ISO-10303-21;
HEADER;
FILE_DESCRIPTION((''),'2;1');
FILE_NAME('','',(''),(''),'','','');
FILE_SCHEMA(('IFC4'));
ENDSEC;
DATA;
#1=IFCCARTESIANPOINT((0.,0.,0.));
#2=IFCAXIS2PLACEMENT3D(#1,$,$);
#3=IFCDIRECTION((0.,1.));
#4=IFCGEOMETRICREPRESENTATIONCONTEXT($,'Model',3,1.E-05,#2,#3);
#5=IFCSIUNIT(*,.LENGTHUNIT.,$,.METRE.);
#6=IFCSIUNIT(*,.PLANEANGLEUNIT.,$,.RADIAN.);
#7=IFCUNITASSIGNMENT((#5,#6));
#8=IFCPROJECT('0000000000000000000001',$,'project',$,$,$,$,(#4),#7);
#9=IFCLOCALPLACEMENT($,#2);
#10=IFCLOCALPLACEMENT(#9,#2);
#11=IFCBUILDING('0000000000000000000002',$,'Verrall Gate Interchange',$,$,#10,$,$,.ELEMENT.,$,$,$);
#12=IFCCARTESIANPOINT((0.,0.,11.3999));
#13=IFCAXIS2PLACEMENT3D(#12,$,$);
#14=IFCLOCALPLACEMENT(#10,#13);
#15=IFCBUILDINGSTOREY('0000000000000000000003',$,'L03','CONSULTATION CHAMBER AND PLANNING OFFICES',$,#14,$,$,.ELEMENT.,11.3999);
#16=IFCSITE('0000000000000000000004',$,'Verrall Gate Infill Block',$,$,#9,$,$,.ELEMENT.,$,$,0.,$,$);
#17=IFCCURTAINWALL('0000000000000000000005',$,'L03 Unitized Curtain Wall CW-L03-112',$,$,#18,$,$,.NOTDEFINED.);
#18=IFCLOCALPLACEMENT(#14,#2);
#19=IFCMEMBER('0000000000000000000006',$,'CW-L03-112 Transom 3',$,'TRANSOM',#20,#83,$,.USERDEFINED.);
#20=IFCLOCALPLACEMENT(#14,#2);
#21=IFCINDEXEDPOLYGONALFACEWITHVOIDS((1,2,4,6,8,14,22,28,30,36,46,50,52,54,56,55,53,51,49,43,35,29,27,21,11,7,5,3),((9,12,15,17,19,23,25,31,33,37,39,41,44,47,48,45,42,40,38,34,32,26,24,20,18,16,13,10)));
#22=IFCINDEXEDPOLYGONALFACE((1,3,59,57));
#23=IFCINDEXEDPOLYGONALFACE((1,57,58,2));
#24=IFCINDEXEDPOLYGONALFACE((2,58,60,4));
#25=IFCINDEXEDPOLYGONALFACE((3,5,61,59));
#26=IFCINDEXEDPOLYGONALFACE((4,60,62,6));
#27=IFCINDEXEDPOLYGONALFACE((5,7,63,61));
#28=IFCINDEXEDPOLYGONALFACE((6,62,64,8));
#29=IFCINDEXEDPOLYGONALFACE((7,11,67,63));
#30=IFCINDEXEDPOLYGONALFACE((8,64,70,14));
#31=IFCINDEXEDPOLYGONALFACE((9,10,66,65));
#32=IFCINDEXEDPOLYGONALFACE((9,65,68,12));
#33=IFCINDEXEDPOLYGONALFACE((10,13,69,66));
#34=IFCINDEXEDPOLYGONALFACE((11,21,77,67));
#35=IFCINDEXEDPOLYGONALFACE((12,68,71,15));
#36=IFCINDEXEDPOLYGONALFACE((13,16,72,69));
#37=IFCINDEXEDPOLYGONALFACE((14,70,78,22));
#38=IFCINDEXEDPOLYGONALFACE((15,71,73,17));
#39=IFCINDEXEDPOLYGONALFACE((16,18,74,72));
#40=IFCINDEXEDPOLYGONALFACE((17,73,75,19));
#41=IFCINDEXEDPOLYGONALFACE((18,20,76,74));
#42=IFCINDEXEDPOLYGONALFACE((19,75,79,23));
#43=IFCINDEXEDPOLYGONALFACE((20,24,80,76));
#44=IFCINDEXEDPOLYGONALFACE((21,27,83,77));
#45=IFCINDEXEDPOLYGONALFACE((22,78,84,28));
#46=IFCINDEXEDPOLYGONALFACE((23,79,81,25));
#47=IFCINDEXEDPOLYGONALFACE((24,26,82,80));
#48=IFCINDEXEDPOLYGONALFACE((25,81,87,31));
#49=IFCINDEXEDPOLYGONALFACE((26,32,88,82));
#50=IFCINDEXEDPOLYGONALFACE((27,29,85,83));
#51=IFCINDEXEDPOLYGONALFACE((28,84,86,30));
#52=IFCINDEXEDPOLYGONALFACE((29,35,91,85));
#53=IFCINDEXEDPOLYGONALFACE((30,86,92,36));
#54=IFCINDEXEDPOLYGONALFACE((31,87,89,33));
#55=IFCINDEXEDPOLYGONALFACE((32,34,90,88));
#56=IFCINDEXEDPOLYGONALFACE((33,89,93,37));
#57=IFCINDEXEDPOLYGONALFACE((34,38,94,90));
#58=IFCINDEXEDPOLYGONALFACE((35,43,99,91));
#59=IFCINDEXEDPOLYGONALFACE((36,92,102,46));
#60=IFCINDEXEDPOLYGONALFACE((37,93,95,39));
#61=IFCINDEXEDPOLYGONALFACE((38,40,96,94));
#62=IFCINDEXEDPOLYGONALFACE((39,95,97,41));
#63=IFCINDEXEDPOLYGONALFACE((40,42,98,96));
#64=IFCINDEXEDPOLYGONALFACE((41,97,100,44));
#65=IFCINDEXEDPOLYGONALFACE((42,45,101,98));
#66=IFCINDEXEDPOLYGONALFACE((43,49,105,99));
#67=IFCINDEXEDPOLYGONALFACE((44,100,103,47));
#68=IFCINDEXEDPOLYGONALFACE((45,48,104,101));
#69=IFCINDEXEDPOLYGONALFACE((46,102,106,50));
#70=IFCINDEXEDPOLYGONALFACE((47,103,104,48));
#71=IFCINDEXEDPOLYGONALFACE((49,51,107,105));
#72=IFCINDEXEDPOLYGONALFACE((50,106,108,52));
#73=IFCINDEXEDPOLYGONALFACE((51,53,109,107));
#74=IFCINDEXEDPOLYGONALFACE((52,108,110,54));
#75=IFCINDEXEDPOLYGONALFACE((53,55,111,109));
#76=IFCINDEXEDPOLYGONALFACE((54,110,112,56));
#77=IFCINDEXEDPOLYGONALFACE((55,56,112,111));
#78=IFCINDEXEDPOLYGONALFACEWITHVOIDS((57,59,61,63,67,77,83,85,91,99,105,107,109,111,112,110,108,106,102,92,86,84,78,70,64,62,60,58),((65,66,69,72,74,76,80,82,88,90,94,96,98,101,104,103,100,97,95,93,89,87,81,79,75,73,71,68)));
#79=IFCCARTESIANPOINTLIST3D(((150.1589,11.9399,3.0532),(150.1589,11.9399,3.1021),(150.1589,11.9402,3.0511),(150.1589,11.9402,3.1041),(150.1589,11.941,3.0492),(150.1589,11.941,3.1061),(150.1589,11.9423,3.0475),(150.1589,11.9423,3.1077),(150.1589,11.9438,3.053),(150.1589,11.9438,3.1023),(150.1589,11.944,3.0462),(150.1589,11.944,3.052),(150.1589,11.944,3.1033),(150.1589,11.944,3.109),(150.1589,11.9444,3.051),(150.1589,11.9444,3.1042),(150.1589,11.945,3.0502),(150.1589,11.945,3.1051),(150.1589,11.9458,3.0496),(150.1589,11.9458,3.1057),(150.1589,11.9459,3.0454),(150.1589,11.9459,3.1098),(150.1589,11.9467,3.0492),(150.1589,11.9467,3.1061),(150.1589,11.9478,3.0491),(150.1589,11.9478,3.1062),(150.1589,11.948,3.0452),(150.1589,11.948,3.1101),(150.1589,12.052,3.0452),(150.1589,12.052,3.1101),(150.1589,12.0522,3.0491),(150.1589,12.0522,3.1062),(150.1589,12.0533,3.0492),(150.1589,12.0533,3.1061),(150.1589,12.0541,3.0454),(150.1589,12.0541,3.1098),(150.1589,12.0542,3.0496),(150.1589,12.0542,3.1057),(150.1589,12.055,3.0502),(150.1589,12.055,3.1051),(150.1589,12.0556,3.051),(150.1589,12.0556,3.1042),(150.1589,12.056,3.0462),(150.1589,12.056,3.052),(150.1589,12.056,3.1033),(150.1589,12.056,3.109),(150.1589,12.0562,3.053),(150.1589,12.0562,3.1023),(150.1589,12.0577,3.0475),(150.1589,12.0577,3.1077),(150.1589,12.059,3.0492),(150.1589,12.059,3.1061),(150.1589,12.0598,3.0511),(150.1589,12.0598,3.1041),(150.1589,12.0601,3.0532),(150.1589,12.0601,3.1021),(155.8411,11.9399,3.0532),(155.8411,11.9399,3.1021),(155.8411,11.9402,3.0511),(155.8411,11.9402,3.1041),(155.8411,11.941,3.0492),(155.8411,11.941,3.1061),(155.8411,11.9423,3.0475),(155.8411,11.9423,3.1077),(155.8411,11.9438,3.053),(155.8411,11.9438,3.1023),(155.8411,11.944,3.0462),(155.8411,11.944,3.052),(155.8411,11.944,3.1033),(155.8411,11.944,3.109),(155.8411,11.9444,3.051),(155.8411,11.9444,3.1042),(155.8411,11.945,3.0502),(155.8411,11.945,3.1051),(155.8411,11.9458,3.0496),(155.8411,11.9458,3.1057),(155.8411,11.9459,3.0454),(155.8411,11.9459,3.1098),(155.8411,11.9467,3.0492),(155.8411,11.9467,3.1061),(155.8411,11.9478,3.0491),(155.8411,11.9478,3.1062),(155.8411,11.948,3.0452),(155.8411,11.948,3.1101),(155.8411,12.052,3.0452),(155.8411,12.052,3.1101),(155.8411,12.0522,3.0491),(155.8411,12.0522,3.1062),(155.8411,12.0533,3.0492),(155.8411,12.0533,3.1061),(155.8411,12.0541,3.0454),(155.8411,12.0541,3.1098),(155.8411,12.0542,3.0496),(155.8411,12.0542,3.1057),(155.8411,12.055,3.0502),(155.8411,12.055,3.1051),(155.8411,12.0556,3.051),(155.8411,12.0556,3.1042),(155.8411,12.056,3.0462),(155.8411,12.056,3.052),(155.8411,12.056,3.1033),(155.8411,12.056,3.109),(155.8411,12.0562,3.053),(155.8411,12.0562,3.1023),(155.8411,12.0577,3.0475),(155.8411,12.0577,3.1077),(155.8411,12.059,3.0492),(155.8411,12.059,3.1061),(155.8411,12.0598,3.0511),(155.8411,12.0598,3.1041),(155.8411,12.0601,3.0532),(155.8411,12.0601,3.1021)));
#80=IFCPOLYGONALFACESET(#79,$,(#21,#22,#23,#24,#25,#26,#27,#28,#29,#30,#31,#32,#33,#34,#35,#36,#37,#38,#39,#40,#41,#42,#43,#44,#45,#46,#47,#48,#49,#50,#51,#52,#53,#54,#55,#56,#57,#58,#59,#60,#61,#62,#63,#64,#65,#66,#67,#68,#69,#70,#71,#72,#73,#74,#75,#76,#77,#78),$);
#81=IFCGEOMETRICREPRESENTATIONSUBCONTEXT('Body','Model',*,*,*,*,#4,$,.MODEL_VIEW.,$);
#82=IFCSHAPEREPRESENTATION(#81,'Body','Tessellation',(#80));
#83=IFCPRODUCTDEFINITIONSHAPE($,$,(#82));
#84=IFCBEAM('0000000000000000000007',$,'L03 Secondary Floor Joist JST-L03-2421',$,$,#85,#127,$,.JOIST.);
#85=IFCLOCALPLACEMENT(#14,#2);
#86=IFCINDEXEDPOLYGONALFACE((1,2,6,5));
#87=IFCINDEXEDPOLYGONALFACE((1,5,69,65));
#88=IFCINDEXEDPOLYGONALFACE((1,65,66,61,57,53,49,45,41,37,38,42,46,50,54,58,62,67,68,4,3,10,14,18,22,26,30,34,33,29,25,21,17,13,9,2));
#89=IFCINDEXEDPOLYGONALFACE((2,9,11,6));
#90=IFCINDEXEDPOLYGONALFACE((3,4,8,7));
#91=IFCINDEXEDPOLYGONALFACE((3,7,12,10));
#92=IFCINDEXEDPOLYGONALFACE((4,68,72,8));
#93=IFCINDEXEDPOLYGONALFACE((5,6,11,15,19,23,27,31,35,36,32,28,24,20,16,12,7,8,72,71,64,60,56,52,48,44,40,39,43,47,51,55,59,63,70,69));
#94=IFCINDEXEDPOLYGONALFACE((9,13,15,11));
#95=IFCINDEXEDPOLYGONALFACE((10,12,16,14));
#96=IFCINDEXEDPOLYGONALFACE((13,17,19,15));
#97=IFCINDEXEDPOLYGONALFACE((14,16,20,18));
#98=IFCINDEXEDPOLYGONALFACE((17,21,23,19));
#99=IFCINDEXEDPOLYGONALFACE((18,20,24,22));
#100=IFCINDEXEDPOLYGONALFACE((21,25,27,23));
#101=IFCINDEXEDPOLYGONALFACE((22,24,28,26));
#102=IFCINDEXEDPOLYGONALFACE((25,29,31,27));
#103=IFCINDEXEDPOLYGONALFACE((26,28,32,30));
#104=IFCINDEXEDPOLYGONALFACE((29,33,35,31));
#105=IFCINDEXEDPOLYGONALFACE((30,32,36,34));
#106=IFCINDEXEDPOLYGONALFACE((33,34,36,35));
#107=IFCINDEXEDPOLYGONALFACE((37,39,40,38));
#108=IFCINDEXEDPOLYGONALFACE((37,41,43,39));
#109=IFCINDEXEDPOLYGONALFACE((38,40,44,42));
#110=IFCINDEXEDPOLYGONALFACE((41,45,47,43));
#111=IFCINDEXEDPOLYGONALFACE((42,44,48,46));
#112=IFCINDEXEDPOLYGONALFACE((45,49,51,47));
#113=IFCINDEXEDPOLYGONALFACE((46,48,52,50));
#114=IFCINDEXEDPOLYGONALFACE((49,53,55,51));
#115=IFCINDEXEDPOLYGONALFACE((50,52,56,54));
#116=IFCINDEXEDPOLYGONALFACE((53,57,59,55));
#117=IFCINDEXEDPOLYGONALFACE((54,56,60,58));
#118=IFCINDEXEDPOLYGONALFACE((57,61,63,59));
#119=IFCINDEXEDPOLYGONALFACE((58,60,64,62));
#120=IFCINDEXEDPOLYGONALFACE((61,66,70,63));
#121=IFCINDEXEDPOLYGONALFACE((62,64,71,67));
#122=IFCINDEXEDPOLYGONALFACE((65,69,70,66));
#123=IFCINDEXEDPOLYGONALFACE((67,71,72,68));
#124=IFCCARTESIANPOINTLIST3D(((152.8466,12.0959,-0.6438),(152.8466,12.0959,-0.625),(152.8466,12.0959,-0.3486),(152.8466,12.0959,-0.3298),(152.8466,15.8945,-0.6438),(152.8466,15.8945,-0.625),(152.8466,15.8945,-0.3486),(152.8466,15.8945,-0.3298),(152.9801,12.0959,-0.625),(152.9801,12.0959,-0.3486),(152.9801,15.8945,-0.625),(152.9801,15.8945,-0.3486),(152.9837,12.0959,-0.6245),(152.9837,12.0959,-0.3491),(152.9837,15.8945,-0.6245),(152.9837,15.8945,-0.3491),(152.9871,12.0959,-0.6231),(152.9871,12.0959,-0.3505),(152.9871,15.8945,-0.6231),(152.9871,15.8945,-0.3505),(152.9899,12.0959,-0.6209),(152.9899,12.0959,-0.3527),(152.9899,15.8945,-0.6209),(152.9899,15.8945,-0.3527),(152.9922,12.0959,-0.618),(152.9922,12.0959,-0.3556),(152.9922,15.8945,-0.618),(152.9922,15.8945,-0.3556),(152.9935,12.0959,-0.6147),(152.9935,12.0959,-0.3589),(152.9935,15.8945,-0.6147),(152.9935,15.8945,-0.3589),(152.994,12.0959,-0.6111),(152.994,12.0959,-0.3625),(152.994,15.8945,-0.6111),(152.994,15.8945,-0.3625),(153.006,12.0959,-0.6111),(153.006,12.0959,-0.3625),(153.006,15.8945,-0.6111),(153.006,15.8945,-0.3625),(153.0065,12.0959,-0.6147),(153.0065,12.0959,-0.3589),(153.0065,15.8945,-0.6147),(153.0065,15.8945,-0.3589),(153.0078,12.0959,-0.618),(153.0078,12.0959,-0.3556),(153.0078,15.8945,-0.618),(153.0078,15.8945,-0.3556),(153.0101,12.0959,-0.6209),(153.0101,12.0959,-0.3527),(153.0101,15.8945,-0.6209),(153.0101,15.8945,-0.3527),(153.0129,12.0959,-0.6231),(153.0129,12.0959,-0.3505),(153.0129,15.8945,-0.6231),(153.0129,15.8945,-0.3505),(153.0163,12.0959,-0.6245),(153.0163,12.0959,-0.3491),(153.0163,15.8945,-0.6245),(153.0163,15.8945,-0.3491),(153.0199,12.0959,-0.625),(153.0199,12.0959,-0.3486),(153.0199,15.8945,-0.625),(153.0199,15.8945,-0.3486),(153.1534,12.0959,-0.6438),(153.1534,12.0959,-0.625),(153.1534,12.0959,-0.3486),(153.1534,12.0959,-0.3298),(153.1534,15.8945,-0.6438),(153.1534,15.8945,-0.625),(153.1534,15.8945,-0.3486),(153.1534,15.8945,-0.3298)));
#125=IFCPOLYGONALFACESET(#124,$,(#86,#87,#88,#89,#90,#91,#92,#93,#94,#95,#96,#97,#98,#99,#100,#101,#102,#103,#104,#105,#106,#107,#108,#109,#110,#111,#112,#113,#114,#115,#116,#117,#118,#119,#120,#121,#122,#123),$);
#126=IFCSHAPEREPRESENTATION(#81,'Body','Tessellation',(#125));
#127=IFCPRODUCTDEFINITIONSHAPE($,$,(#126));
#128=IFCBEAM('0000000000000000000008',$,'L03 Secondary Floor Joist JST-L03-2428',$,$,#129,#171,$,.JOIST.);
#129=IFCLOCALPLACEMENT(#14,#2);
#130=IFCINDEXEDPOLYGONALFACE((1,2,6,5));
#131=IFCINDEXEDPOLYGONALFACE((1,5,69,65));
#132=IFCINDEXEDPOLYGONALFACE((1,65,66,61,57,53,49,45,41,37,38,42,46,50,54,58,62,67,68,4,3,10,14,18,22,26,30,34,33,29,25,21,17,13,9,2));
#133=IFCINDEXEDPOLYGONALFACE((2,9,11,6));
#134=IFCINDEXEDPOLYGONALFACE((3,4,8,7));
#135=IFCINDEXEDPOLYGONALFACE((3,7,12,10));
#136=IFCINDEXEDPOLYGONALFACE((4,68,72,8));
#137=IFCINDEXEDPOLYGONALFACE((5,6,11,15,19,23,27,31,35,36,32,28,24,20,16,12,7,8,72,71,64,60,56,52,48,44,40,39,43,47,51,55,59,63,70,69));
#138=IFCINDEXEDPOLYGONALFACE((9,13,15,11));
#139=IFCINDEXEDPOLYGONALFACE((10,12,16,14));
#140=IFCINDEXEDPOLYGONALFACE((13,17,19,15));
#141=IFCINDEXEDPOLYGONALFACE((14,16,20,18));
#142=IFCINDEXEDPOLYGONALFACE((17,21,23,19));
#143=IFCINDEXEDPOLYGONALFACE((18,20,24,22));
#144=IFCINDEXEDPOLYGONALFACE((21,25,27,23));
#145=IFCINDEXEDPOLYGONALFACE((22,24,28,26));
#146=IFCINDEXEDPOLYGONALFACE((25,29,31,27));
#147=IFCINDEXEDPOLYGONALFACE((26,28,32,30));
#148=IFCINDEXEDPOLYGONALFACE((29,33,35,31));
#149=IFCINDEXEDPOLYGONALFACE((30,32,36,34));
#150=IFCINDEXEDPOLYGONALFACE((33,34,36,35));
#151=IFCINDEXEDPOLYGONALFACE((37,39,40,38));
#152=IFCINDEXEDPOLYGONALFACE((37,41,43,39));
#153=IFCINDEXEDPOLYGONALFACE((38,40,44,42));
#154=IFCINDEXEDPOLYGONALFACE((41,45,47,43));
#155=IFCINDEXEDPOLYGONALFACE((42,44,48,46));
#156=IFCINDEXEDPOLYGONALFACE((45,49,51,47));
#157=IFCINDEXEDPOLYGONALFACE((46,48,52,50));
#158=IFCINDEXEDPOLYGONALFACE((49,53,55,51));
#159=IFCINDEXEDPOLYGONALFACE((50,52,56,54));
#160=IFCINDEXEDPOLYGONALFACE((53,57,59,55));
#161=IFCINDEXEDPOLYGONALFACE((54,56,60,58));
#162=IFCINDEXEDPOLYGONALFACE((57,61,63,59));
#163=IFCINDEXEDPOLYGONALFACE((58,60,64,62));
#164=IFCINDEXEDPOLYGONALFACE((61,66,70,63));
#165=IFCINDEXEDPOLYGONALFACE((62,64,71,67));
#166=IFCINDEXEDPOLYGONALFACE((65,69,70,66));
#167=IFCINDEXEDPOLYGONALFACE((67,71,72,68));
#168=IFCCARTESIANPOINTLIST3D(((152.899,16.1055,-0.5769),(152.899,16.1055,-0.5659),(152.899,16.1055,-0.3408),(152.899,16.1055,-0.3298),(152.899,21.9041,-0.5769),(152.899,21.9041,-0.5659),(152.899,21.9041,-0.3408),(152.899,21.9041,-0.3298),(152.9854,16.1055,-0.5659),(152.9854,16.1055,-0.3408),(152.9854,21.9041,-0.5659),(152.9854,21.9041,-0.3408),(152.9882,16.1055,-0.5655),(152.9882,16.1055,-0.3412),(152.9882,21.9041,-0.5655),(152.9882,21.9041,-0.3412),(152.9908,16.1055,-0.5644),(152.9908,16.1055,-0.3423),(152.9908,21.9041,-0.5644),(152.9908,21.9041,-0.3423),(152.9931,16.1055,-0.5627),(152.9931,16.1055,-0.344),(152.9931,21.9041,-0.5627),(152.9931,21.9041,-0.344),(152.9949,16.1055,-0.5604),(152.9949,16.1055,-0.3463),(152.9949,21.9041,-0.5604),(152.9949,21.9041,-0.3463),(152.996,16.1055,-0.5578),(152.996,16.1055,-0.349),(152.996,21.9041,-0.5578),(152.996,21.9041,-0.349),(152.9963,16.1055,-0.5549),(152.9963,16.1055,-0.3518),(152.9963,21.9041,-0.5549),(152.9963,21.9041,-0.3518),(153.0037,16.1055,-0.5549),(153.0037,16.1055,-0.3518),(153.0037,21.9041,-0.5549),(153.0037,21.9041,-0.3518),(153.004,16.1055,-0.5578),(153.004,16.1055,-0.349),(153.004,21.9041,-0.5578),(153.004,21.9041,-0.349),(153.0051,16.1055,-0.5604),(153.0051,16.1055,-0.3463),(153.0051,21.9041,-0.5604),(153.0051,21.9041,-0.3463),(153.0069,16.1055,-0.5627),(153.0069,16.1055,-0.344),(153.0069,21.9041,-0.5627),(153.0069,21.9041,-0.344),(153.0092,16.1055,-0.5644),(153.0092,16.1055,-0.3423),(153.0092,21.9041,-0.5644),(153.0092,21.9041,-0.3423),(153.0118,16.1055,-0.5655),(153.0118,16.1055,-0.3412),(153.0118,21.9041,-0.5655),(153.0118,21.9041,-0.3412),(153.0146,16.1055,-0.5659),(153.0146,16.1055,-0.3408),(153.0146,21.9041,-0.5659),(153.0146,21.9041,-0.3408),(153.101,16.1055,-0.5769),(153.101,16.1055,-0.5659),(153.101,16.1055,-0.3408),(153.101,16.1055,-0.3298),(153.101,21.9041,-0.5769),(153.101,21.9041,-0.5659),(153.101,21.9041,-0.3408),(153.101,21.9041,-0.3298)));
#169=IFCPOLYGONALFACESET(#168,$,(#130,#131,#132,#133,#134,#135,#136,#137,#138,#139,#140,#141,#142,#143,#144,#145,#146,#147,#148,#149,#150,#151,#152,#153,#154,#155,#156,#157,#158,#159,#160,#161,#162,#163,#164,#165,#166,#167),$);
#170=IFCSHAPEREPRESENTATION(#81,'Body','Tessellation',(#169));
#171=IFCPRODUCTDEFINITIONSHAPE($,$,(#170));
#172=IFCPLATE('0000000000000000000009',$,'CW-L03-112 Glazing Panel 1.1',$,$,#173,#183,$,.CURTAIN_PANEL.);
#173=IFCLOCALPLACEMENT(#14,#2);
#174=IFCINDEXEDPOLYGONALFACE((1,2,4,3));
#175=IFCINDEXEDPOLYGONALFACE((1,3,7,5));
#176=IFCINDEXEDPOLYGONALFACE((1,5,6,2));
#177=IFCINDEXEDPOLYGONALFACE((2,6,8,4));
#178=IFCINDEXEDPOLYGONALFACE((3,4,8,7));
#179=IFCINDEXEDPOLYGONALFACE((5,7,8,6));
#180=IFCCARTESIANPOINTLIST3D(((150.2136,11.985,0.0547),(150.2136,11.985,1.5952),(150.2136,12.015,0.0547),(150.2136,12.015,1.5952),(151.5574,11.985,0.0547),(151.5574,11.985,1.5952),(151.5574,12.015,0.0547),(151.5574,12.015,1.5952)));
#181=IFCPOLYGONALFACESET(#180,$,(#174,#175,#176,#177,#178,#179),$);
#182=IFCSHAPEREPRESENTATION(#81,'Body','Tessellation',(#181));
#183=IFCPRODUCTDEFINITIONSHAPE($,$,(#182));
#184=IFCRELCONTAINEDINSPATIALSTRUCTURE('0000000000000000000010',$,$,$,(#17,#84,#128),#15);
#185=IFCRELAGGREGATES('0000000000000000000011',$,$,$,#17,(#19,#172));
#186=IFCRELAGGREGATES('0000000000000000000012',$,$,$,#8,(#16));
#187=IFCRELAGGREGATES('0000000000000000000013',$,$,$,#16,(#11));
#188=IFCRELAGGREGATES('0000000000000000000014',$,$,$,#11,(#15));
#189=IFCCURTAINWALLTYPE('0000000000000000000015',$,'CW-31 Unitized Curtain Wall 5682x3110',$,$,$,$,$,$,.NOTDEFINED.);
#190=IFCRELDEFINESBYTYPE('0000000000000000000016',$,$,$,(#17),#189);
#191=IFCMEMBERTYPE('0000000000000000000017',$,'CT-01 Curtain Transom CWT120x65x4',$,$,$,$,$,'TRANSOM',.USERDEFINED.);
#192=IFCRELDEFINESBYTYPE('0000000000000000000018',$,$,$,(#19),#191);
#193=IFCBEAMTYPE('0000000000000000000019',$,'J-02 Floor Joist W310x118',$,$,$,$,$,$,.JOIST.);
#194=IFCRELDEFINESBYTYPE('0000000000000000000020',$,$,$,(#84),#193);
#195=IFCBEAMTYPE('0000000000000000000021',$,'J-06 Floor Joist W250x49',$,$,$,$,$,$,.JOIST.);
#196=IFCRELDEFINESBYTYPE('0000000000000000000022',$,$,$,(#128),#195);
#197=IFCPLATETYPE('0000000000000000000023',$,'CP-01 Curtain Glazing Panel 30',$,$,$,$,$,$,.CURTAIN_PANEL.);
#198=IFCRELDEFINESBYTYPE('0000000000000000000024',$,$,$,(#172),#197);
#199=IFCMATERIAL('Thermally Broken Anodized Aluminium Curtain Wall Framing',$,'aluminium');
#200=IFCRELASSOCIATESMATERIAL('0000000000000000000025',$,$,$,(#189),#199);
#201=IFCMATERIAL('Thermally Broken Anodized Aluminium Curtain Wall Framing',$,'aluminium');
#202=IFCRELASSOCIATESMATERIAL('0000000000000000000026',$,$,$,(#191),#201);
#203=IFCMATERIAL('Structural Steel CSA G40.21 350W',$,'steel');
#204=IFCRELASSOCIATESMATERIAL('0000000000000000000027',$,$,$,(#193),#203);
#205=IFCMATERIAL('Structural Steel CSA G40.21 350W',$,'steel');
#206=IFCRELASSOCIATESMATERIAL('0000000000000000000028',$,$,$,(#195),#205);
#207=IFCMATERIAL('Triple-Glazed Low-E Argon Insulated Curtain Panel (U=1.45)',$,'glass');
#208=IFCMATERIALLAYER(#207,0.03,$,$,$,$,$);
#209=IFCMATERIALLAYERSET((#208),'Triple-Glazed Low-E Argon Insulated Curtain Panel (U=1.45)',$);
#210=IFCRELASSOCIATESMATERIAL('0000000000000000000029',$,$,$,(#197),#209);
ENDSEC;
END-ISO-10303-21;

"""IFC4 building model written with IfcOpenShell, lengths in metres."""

from ifc_helpers import new_model, si_unit, direction, frame, origin, origin_2d, place, context, subcontext, project, spatial, rectangle, hollow_rectangle, i_section, extrude, material, layer, layer_set, material_profile, profile_set, type_object, element, aggregate, save


model = new_model("IFC4")

# Units and contexts
model_context = context("Model", 3, precision=1e-05, world=origin(), true_north=direction((0.0, 1.0)))
body_context = subcontext(model_context, "Body", "Model", "MODEL_VIEW")
ifc_project = project(units=[si_unit("LENGTHUNIT", "METRE"), si_unit("PLANEANGLEUNIT", "RADIAN")], contexts=[model_context])

# Site, building, storey
site_placement = place(None, origin())
site = spatial("IfcSite", under=ifc_project, at=site_placement, Name="Verrall Gate Infill Block", CompositionType="ELEMENT", RefElevation=0.0)
building_placement = place(site_placement, origin())
building = spatial("IfcBuilding", under=site, at=building_placement, Name="Verrall Gate Interchange", CompositionType="ELEMENT")
storey_placement = place(building_placement, frame((0.0, 0.0, 11.3999)))
storey = spatial("IfcBuildingStorey", under=building, at=storey_placement, Name="L03", Description="CONSULTATION CHAMBER AND PLANNING OFFICES", CompositionType="ELEMENT", Elevation=11.3999)

# Curtain wall, member
ifc_material_1 = material(Name="Thermally Broken Anodized Aluminium Curtain Wall Framing", Category="aluminium")
curtain_wall_type = type_object("IfcCurtainWallType", Name="CW-31 Unitized Curtain Wall 5682x3110", PredefinedType="NOTDEFINED", material=ifc_material_1)
curtain_wall_placement = place(storey_placement, origin())
curtain_wall = element("IfcCurtainWall", 1, at=curtain_wall_placement, inside=storey, type_object=curtain_wall_type, Name="L03 Unitized Curtain Wall CW-L03-112", PredefinedType="NOTDEFINED")
ifc_material_2 = material(Name="Thermally Broken Anodized Aluminium Curtain Wall Framing", Category="aluminium")
ifc_material_profile_1 = material_profile(ifc_material_2, hollow_rectangle(XDim=0.1201, YDim=0.0649, WallThickness=0.0039, InnerFilletRadius=0.0039, OuterFilletRadius=0.0081, at=origin_2d()), Name="CWT120x65x4")
ifc_profile_set_1 = profile_set([ifc_material_profile_1], Name="Thermally Broken Anodized Aluminium Curtain Wall Framing")
member_type_1 = type_object("IfcMemberType", Name="CT-01 Curtain Transom CWT120x65x4", ElementType="TRANSOM", PredefinedType="USERDEFINED", material=ifc_profile_set_1)
member_1_placement = place(storey_placement, frame((150.1589, 12.0, 3.0776), z_axis=(1.0, 0.0, 0.0), x_axis=(0.0, 1.0, 0.0)))
member_1 = element("IfcMember", 2, at=member_1_placement, type_object=member_type_1, Name="CW-L03-112 Transom 3", ObjectType="TRANSOM", PredefinedType="USERDEFINED", context=body_context, shape_type="SweptSolid", body=[
    extrude(hollow_rectangle(XDim=0.1201, YDim=0.0649, WallThickness=0.0039, InnerFilletRadius=0.0039, OuterFilletRadius=0.0081, at=origin_2d()), origin(), (0.0, 0.0, 1.0), 5.6821),
])

# Beams
ifc_material_3 = material(Name="Structural Steel CSA G40.21 350W", Category="steel")
ifc_material_profile_2 = material_profile(ifc_material_3, i_section(OverallWidth=0.3069, OverallDepth=0.314, WebThickness=0.012, FlangeThickness=0.0188, FilletRadius=0.0139, at=origin_2d()), Name="W310x118")
ifc_profile_set_2 = profile_set([ifc_material_profile_2], Name="Structural Steel CSA G40.21 350W")
beam_type_1 = type_object("IfcBeamType", Name="J-02 Floor Joist W310x118", PredefinedType="JOIST", material=ifc_profile_set_2)
beam_1_placement = place(storey_placement, frame((153.0, 12.0959, -0.4868), z_axis=(0.0, 1.0, 0.0), x_axis=(-1.0, 0.0, 0.0)))
element("IfcBeam", 3, at=beam_1_placement, inside=storey, type_object=beam_type_1, Name="L03 Secondary Floor Joist JST-L03-2421", PredefinedType="JOIST", context=body_context, shape_type="SweptSolid", body=[
    extrude(i_section(OverallWidth=0.3069, OverallDepth=0.314, WebThickness=0.012, FlangeThickness=0.0188, FilletRadius=0.0139, at=origin_2d()), origin(), (0.0, 0.0, 1.0), 3.7986),
])
ifc_material_4 = material(Name="Structural Steel CSA G40.21 350W", Category="steel")
ifc_material_profile_3 = material_profile(ifc_material_4, i_section(OverallWidth=0.2019, OverallDepth=0.2471, WebThickness=0.0073, FlangeThickness=0.011, FilletRadius=0.011, at=origin_2d()), Name="W250x49")
ifc_profile_set_3 = profile_set([ifc_material_profile_3], Name="Structural Steel CSA G40.21 350W")
beam_type_2 = type_object("IfcBeamType", Name="J-06 Floor Joist W250x49", PredefinedType="JOIST", material=ifc_profile_set_3)
beam_2_placement = place(storey_placement, frame((153.0, 16.1055, -0.4534), z_axis=(0.0, 1.0, 0.0), x_axis=(-1.0, 0.0, 0.0)))
element("IfcBeam", 4, at=beam_2_placement, inside=storey, type_object=beam_type_2, Name="L03 Secondary Floor Joist JST-L03-2428", PredefinedType="JOIST", context=body_context, shape_type="SweptSolid", body=[
    extrude(i_section(OverallWidth=0.2019, OverallDepth=0.2471, WebThickness=0.0073, FlangeThickness=0.011, FilletRadius=0.011, at=origin_2d()), origin(), (0.0, 0.0, 1.0), 5.7986),
])

# Plate
ifc_material_5 = material(Name="Triple-Glazed Low-E Argon Insulated Curtain Panel (U=1.45)", Category="glass")
ifc_layer_1 = layer(ifc_material_5, 0.03)
ifc_layer_set_1 = layer_set([ifc_layer_1], Name="Triple-Glazed Low-E Argon Insulated Curtain Panel (U=1.45)")
plate_type = type_object("IfcPlateType", Name="CP-01 Curtain Glazing Panel 30", PredefinedType="CURTAIN_PANEL", material=ifc_layer_set_1)
plate_1_placement = place(storey_placement, frame((150.8855, 12.0, 0.0547), z_axis=(0.0, 0.0, 1.0), x_axis=(1.0, 0.0, 0.0)))
plate_1 = element("IfcPlate", 5, at=plate_1_placement, type_object=plate_type, Name="CW-L03-112 Glazing Panel 1.1", PredefinedType="CURTAIN_PANEL", context=body_context, shape_type="SweptSolid", body=[
    extrude(rectangle(XDim=1.3438, YDim=0.03, at=origin_2d()), origin(), (0.0, 0.0, 1.0), 1.5405),
])
aggregate(curtain_wall, [member_1, plate_1])

save(model, "model.ifc")
